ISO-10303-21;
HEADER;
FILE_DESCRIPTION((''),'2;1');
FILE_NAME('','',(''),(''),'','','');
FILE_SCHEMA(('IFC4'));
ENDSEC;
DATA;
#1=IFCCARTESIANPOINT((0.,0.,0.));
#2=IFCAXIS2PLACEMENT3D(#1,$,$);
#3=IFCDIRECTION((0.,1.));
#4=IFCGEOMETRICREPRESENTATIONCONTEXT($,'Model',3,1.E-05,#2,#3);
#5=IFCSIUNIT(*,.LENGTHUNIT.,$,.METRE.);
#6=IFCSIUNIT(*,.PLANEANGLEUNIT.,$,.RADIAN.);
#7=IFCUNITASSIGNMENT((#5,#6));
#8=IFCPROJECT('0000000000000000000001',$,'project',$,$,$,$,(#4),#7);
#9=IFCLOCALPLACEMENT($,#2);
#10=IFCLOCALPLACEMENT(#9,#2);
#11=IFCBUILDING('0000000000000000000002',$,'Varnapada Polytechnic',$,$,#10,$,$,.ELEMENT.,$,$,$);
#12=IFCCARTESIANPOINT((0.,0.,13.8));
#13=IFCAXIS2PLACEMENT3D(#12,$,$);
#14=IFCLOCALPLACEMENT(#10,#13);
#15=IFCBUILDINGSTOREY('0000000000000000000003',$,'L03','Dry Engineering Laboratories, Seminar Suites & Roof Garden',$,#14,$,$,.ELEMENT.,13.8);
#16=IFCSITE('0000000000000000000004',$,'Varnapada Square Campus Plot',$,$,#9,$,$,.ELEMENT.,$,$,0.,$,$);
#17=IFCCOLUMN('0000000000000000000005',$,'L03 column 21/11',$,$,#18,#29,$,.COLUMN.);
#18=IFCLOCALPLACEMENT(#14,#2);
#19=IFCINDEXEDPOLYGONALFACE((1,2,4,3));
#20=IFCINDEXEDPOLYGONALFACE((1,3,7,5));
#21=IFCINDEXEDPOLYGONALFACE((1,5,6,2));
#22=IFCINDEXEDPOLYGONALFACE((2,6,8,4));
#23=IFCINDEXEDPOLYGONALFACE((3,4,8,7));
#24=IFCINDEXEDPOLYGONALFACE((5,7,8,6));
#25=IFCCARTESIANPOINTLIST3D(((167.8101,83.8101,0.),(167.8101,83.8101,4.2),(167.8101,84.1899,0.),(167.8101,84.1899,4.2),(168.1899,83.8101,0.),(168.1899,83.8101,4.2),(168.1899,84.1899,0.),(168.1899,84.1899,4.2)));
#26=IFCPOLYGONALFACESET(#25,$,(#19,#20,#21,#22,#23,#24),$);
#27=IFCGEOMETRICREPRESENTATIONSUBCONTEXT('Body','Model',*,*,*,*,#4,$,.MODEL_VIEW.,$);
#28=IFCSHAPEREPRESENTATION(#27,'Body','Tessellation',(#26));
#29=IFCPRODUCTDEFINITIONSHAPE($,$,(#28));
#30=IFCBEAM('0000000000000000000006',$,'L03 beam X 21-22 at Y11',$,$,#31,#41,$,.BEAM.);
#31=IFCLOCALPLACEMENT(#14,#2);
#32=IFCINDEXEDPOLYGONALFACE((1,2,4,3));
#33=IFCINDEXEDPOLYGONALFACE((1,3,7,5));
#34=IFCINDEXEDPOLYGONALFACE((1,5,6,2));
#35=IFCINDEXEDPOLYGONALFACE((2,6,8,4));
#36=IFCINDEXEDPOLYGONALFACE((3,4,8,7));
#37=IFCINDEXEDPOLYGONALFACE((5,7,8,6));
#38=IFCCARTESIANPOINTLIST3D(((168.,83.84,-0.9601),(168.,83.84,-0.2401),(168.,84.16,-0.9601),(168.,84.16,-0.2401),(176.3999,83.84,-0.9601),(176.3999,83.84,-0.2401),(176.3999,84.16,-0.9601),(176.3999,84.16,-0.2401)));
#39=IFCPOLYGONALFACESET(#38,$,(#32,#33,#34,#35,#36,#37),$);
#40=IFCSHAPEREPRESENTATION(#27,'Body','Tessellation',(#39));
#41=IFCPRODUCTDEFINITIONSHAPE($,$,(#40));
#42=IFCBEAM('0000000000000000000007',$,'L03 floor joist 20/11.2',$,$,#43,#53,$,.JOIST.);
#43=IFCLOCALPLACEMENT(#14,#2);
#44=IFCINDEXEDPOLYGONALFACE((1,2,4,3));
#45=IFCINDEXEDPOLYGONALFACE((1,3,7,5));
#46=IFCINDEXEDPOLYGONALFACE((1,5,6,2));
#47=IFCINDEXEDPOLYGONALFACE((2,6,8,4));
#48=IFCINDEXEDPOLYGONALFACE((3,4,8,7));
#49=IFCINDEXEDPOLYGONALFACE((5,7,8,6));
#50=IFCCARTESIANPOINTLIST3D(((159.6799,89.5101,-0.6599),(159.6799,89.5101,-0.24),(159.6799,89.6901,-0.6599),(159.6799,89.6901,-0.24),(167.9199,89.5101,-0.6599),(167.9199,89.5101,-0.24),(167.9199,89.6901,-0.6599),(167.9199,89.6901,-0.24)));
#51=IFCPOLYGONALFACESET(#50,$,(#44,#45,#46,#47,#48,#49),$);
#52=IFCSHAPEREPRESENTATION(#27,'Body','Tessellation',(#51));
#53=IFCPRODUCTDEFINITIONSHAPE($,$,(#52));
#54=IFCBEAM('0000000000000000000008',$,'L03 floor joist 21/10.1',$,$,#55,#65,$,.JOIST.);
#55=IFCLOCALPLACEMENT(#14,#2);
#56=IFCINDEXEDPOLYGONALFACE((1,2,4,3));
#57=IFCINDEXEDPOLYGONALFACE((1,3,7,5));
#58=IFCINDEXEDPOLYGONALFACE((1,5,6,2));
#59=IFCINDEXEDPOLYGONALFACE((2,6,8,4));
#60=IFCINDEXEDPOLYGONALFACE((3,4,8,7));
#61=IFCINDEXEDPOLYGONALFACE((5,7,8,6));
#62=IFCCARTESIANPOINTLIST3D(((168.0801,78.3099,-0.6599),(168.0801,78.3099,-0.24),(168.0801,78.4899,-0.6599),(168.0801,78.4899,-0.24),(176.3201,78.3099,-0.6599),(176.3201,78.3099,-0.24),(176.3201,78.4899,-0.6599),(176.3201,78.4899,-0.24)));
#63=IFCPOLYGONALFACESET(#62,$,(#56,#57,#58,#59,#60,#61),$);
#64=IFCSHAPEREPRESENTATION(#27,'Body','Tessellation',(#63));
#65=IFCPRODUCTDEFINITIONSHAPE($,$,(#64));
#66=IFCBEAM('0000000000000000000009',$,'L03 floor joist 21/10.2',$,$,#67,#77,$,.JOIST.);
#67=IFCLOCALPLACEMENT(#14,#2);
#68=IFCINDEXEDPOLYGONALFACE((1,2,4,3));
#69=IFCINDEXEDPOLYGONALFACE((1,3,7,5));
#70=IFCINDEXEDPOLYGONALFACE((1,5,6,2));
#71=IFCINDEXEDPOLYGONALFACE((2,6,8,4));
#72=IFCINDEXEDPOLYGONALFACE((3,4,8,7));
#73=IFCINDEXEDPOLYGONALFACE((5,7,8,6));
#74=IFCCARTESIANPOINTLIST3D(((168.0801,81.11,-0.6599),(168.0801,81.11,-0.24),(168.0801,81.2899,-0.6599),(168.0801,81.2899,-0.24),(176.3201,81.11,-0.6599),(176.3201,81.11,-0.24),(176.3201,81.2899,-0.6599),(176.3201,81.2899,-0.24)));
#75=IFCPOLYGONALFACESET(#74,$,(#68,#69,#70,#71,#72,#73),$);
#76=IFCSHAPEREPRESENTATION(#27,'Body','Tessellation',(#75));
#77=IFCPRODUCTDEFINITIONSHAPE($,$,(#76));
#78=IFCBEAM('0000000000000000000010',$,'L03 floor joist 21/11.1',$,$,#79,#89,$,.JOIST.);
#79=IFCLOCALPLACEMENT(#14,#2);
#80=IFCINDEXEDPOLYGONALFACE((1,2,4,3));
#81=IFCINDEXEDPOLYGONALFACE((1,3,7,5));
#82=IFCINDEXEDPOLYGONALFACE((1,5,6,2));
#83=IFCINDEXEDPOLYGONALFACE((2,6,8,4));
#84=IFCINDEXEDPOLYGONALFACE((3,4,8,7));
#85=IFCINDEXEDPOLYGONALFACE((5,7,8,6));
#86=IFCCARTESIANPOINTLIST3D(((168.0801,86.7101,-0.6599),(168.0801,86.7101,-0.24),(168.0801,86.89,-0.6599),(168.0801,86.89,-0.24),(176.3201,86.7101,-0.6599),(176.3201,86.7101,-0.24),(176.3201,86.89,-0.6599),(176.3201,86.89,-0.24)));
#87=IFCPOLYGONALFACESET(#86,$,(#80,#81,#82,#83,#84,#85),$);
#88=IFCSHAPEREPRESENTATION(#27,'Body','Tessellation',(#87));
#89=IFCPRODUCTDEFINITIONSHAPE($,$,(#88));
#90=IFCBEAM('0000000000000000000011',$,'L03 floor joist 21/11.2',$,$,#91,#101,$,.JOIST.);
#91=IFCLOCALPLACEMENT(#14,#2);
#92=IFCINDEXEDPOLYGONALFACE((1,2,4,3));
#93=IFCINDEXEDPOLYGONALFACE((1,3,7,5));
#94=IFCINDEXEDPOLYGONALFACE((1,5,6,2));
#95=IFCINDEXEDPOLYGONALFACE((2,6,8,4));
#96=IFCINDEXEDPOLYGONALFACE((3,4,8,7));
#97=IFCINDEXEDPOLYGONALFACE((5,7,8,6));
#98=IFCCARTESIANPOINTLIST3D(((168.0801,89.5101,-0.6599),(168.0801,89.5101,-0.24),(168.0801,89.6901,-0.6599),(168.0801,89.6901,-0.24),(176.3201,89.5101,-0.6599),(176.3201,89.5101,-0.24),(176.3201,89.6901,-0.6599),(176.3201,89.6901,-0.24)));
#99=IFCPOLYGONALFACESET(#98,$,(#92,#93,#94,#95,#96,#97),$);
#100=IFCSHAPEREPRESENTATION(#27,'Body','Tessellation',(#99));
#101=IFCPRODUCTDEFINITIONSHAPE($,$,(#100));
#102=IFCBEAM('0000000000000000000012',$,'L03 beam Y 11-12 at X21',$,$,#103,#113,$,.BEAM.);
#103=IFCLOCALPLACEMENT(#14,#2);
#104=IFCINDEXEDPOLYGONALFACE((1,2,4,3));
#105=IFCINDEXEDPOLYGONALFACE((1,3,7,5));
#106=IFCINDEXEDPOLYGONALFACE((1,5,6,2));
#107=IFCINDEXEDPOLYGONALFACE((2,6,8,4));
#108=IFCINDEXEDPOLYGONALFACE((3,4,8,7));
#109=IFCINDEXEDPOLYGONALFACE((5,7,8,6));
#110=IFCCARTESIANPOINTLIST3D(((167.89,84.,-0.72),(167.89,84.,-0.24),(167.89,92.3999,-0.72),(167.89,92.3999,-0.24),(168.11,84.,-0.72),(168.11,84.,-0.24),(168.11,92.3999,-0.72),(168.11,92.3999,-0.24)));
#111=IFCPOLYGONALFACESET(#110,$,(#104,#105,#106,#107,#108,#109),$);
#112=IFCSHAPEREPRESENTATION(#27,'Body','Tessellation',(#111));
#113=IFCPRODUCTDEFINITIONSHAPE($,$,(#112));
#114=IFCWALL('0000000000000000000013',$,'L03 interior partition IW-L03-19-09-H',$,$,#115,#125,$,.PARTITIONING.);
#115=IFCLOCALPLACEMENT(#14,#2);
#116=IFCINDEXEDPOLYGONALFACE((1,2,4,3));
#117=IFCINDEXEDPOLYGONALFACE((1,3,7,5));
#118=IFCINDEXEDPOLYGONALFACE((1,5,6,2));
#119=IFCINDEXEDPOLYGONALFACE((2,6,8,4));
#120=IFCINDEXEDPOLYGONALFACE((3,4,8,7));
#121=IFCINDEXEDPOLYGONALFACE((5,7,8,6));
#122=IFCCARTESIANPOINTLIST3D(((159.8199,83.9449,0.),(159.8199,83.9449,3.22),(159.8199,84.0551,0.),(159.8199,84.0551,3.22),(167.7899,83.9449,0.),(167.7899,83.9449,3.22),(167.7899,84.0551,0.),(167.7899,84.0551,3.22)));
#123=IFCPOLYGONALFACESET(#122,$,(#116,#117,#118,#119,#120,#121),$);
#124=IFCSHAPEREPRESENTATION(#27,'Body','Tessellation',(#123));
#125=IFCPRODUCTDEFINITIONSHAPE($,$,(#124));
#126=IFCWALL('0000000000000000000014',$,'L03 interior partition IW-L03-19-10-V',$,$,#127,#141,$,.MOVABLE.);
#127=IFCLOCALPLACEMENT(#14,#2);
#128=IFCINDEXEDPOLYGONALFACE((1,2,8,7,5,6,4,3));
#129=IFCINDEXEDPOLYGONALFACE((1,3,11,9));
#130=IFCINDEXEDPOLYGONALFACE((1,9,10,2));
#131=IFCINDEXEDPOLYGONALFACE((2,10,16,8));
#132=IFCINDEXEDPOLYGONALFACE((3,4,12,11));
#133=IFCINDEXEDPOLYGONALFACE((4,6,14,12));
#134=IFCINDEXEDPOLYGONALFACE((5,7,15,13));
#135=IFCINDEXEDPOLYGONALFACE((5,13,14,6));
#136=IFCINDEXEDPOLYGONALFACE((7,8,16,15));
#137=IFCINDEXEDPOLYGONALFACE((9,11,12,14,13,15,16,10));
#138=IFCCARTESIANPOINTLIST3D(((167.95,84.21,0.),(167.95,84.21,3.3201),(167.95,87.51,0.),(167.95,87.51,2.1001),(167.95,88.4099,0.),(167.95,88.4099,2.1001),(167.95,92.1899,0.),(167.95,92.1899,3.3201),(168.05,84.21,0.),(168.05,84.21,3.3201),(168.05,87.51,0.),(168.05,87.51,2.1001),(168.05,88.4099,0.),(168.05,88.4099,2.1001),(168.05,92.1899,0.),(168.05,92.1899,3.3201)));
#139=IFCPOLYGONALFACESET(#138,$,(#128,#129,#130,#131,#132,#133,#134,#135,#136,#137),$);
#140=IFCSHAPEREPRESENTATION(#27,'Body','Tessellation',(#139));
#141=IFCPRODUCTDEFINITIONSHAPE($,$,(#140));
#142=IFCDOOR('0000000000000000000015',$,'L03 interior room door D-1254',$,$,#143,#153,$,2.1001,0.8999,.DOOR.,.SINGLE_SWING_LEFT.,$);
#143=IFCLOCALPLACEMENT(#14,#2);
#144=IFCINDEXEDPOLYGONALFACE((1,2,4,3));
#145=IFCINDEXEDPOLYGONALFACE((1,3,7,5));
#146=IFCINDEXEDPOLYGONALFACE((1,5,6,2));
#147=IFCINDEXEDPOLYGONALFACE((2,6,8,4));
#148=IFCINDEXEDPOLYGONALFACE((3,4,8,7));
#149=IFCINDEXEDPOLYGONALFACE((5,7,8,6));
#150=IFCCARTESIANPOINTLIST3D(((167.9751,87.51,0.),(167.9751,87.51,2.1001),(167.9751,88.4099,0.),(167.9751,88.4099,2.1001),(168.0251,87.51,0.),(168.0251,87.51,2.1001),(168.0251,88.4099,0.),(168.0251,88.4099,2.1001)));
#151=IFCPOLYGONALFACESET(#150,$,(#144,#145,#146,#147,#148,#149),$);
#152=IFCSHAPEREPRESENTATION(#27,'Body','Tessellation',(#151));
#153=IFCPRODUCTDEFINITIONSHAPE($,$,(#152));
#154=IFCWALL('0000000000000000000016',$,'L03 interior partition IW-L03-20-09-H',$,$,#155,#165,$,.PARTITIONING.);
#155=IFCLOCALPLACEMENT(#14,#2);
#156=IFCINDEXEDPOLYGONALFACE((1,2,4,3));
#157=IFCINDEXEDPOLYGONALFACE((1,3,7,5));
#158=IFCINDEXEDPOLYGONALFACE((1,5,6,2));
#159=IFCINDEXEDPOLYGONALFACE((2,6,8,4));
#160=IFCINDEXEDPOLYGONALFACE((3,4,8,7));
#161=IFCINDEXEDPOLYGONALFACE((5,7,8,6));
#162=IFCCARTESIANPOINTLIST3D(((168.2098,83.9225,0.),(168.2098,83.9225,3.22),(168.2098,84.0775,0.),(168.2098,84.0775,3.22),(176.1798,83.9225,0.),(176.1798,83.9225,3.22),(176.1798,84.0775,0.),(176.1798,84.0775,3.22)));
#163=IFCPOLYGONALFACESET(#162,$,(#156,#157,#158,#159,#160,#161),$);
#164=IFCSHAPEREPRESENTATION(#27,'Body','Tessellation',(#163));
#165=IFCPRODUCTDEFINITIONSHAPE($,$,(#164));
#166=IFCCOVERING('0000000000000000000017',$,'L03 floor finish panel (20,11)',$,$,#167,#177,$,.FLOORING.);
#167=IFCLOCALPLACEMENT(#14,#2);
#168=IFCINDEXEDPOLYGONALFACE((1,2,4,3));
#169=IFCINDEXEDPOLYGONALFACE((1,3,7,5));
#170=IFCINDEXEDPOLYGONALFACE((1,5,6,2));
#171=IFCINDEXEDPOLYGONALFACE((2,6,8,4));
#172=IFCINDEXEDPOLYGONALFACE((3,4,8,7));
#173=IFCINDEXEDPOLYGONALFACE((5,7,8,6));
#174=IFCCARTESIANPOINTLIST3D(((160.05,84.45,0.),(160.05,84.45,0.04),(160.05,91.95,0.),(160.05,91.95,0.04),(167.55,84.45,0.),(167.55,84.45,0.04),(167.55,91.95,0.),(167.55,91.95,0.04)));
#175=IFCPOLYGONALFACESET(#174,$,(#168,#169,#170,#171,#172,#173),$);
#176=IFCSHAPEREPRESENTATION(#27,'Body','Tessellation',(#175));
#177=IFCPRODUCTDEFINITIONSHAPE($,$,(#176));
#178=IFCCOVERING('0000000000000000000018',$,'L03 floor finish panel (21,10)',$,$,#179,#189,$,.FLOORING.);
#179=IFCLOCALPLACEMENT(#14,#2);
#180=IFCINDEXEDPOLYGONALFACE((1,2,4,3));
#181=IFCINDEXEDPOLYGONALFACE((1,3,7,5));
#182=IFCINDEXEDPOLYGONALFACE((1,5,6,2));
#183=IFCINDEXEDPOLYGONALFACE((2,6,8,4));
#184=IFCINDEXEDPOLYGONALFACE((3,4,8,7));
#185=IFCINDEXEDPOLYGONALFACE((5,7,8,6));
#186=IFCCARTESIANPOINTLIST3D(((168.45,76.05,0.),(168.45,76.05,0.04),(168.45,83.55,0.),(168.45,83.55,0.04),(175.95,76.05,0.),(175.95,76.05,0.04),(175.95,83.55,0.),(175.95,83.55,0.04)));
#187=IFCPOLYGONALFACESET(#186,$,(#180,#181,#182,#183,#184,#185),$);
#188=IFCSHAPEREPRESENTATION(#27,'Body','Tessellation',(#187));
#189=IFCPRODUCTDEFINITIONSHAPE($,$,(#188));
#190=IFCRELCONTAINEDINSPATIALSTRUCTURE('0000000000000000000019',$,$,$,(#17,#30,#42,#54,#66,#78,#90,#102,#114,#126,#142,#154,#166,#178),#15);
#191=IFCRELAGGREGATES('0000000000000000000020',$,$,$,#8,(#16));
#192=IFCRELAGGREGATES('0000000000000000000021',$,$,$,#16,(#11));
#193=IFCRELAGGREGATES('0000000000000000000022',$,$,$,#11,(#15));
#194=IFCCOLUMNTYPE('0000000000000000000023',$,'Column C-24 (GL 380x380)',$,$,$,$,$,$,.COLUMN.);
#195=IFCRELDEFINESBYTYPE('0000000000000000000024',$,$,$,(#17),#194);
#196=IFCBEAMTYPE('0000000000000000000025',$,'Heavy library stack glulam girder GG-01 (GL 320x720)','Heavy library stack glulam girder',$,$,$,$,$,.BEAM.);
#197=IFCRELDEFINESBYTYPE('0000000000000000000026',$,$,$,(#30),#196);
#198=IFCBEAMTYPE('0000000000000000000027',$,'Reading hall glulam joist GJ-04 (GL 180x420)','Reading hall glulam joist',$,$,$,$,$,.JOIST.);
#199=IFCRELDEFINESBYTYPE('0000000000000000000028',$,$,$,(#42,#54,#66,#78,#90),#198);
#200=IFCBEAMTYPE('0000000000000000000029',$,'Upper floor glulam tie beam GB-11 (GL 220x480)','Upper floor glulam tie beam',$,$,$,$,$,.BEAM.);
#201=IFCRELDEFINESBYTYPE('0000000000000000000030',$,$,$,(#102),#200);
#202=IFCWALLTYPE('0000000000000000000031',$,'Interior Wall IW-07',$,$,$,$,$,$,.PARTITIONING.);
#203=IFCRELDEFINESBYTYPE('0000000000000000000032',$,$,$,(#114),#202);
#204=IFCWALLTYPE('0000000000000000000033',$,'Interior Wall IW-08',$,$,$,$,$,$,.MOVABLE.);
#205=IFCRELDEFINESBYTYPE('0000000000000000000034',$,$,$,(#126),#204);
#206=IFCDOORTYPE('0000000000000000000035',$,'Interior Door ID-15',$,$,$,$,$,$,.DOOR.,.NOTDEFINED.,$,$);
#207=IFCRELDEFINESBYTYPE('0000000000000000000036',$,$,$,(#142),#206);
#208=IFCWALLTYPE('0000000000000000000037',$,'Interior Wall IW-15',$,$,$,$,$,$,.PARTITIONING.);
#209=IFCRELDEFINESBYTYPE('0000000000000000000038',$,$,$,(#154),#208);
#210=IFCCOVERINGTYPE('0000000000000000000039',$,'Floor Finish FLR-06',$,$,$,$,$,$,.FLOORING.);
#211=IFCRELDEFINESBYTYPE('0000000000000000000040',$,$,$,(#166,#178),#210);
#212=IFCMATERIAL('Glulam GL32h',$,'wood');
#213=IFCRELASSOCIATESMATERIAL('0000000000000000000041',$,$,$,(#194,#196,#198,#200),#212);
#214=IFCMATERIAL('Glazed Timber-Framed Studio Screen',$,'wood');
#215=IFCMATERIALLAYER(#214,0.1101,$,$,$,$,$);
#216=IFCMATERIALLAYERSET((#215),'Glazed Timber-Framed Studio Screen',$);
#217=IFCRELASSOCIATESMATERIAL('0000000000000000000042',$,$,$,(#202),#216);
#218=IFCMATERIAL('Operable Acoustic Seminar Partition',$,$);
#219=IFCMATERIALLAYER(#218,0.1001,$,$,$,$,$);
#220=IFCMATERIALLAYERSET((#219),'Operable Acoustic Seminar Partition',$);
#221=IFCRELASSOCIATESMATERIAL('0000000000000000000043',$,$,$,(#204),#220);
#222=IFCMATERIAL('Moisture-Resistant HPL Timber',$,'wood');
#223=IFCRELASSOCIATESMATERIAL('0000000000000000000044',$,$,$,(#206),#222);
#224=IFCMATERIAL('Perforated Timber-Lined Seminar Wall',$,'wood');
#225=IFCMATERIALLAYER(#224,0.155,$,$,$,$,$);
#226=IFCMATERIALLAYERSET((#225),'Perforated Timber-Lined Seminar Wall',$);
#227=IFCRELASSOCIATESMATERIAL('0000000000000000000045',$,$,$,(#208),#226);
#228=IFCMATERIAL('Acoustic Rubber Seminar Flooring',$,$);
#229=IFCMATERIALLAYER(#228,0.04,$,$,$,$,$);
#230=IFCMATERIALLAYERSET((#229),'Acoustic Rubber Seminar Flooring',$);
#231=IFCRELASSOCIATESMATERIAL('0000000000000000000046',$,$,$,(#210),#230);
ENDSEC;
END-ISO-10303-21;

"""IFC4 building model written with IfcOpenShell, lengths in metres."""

from ifc_helpers import new_model, si_unit, direction, frame, frame_2d, origin, origin_2d, place, context, subcontext, project, spatial, rectangle, extrude, material, layer, layer_set, material_profile, profile_set, type_object, element, fill, save


model = new_model("IFC4")

# Units and contexts
model_context = context("Model", 3, precision=1e-05, world=origin(), true_north=direction((0.0, 1.0)))
body_context = subcontext(model_context, "Body", "Model", "MODEL_VIEW")
ifc_project = project(units=[si_unit("LENGTHUNIT", "METRE"), si_unit("PLANEANGLEUNIT", "RADIAN")], contexts=[model_context])

# Site, building, storey
site_placement = place(None, origin())
site = spatial("IfcSite", under=ifc_project, at=site_placement, Name="Varnapada Square Campus Plot", CompositionType="ELEMENT", RefElevation=0.0)
building_placement = place(site_placement, origin())
building = spatial("IfcBuilding", under=site, at=building_placement, Name="Varnapada Polytechnic", CompositionType="ELEMENT")
storey_placement = place(building_placement, frame((0.0, 0.0, 13.8)))
storey = spatial("IfcBuildingStorey", under=building, at=storey_placement, Name="L03", Description="Dry Engineering Laboratories, Seminar Suites & Roof Garden", CompositionType="ELEMENT", Elevation=13.8)

# Column
ifc_material_1 = material(Name="Glulam GL32h", Category="wood")
ifc_material_profile_1 = material_profile(ifc_material_1, rectangle(XDim=0.3799, YDim=0.3799, at=origin_2d()), Name="GL 380x380")
ifc_profile_set_1 = profile_set([ifc_material_profile_1], Name="Glulam GL32h")
column_type = type_object("IfcColumnType", Name="Column C-24 (GL 380x380)", PredefinedType="COLUMN", material=ifc_profile_set_1)
column_placement = place(storey_placement, frame((168.0, 84.0, 0.0), z_axis=(0.0, 0.0, 1.0), x_axis=(1.0, 0.0, 0.0)))
element("IfcColumn", 1, at=column_placement, inside=storey, type_object=column_type, Name="L03 column 21/11", PredefinedType="COLUMN", context=body_context, shape_type="SweptSolid", body=[
    extrude(rectangle(XDim=0.3799, YDim=0.3799, at=origin_2d()), origin(), (0.0, 0.0, 1.0), 4.2),
])

# Beams
ifc_material_profile_2 = material_profile(ifc_material_1, rectangle(XDim=0.3201, YDim=0.72, at=origin_2d()), Name="GL 320x720")
ifc_profile_set_2 = profile_set([ifc_material_profile_2], Name="Glulam GL32h")
beam_type_1 = type_object("IfcBeamType", Name="Heavy library stack glulam girder GG-01 (GL 320x720)", Description="Heavy library stack glulam girder", PredefinedType="BEAM", material=ifc_profile_set_2)
beam_1_placement = place(storey_placement, frame((168.0, 84.0, -0.6001), z_axis=(1.0, 0.0, 0.0), x_axis=(0.0, 1.0, 0.0)))
element("IfcBeam", 2, at=beam_1_placement, inside=storey, type_object=beam_type_1, Name="L03 beam X 21-22 at Y11", PredefinedType="BEAM", context=body_context, shape_type="SweptSolid", body=[
    extrude(rectangle(XDim=0.3201, YDim=0.72, at=origin_2d()), origin(), (0.0, 0.0, 1.0), 8.3999),
])
ifc_material_profile_3 = material_profile(ifc_material_1, rectangle(XDim=0.1799, YDim=0.4199, at=origin_2d()), Name="GL 180x420")
ifc_profile_set_3 = profile_set([ifc_material_profile_3], Name="Glulam GL32h")
beam_type_2 = type_object("IfcBeamType", Name="Reading hall glulam joist GJ-04 (GL 180x420)", Description="Reading hall glulam joist", PredefinedType="JOIST", material=ifc_profile_set_3)
for number, where, z_axis, x_axis, name in (
    (3, (159.6799, 89.6001, -0.45), (1.0, 0.0, 0.0), (0.0, 1.0, 0.0), "L03 floor joist 20/11.2"),
    (4, (168.0801, 78.3999, -0.45), (1.0, 0.0, 0.0), (0.0, 1.0, 0.0), "L03 floor joist 21/10.1"),
    (5, (168.0801, 81.2, -0.45), (1.0, 0.0, 0.0), (0.0, 1.0, 0.0), "L03 floor joist 21/10.2"),
    (6, (168.0801, 86.8, -0.45), (1.0, 0.0, 0.0), (0.0, 1.0, 0.0), "L03 floor joist 21/11.1"),
    (7, (168.0801, 89.6001, -0.45), (1.0, 0.0, 0.0), (0.0, 1.0, 0.0), "L03 floor joist 21/11.2"),
):
    element("IfcBeam", number, at=place(storey_placement, frame(where, z_axis=z_axis, x_axis=x_axis)), inside=storey, type_object=beam_type_2, Name=name, PredefinedType="JOIST", context=body_context, shape_type="SweptSolid", body=[
        extrude(rectangle(XDim=0.1799, YDim=0.4199, at=origin_2d()), origin(), (0.0, 0.0, 1.0), 8.24),
    ])
ifc_material_profile_4 = material_profile(ifc_material_1, rectangle(XDim=0.22, YDim=0.48, at=origin_2d()), Name="GL 220x480")
ifc_profile_set_4 = profile_set([ifc_material_profile_4], Name="Glulam GL32h")
beam_type_3 = type_object("IfcBeamType", Name="Upper floor glulam tie beam GB-11 (GL 220x480)", Description="Upper floor glulam tie beam", PredefinedType="BEAM", material=ifc_profile_set_4)
beam_2_placement = place(storey_placement, frame((168.0, 84.0, -0.48), z_axis=(0.0, 1.0, 0.0), x_axis=(-1.0, 0.0, 0.0)))
element("IfcBeam", 8, at=beam_2_placement, inside=storey, type_object=beam_type_3, Name="L03 beam Y 11-12 at X21", PredefinedType="BEAM", context=body_context, shape_type="SweptSolid", body=[
    extrude(rectangle(XDim=0.22, YDim=0.48, at=origin_2d()), origin(), (0.0, 0.0, 1.0), 8.3999),
])

# Wall
ifc_material_2 = material(Name="Glazed Timber-Framed Studio Screen", Category="wood")
ifc_layer_1 = layer(ifc_material_2, 0.1101)
ifc_layer_set_1 = layer_set([ifc_layer_1], Name="Glazed Timber-Framed Studio Screen")
wall_type_1 = type_object("IfcWallType", Name="Interior Wall IW-07", PredefinedType="PARTITIONING", material=ifc_layer_set_1)
wall_1_placement = place(storey_placement, frame((159.8201, 84.0, 0.0), z_axis=(0.0, 0.0, 1.0), x_axis=(1.0, 0.0, 0.0)))
element("IfcWall", 9, at=wall_1_placement, inside=storey, type_object=wall_type_1, Name="L03 interior partition IW-L03-19-09-H", PredefinedType="PARTITIONING", context=body_context, shape_type="SweptSolid", body=[
    extrude(rectangle(XDim=7.97, YDim=0.1101, at=frame_2d((3.9849, 0.0))), origin(), (0.0, 0.0, 1.0), 3.22),
])

# Wall, opening, door
ifc_material_3 = material(Name="Operable Acoustic Seminar Partition")
ifc_layer_2 = layer(ifc_material_3, 0.1001)
ifc_layer_set_2 = layer_set([ifc_layer_2], Name="Operable Acoustic Seminar Partition")
wall_type_2 = type_object("IfcWallType", Name="Interior Wall IW-08", PredefinedType="MOVABLE", material=ifc_layer_set_2)
wall_2_placement = place(storey_placement, frame((168.0, 84.21, 0.0), z_axis=(0.0, 0.0, 1.0), x_axis=(0.0, 1.0, 0.0)))
wall_2 = element("IfcWall", 10, at=wall_2_placement, inside=storey, type_object=wall_type_2, Name="L03 interior partition IW-L03-19-10-V", PredefinedType="MOVABLE", context=body_context, shape_type="SweptSolid", body=[
    extrude(rectangle(XDim=7.98, YDim=0.1001, at=frame_2d((3.99, 0.0))), origin(), (0.0, 0.0, 1.0), 3.3201),
])
opening_placement = place(wall_2_placement, frame((3.3, 0.0, 0.0)))
opening = element("IfcOpeningElement", 11, at=opening_placement, cuts=wall_2, PredefinedType="OPENING", context=body_context, shape_type="SweptSolid", body=[
    extrude(rectangle(XDim=0.8999, YDim=2.1001, at=frame_2d((0.45, 1.05))), frame((0.0, 0.0601, 0.0), z_axis=(0.0, -1.0, 0.0), x_axis=(1.0, 0.0, 0.0)), (0.0, 0.0, 1.0), 0.1201),
])
ifc_material_4 = material(Name="Moisture-Resistant HPL Timber", Category="wood")
door_type = type_object("IfcDoorType", Name="Interior Door ID-15", OperationType="NOTDEFINED", PredefinedType="DOOR", material=ifc_material_4)
door_placement = place(opening_placement, origin())
door = element("IfcDoor", 12, at=door_placement, inside=storey, type_object=door_type, Name="L03 interior room door D-1254", OperationType="SINGLE_SWING_LEFT", OverallHeight=2.1001, OverallWidth=0.8999, PredefinedType="DOOR", context=body_context, shape_type="SweptSolid", body=[
    extrude(rectangle(XDim=0.8999, YDim=2.1001, at=frame_2d((0.45, 1.05))), frame((0.0, 0.0249, 0.0), z_axis=(0.0, -1.0, 0.0), x_axis=(1.0, 0.0, 0.0)), (0.0, 0.0, 1.0), 0.05),
])
fill(opening, door)

# Wall
ifc_material_5 = material(Name="Perforated Timber-Lined Seminar Wall", Category="wood")
ifc_layer_3 = layer(ifc_material_5, 0.155)
ifc_layer_set_3 = layer_set([ifc_layer_3], Name="Perforated Timber-Lined Seminar Wall")
wall_type_3 = type_object("IfcWallType", Name="Interior Wall IW-15", PredefinedType="PARTITIONING", material=ifc_layer_set_3)
wall_3_placement = place(storey_placement, frame((168.21, 84.0, 0.0), z_axis=(0.0, 0.0, 1.0), x_axis=(1.0, 0.0, 0.0)))
element("IfcWall", 13, at=wall_3_placement, inside=storey, type_object=wall_type_3, Name="L03 interior partition IW-L03-20-09-H", PredefinedType="PARTITIONING", context=body_context, shape_type="SweptSolid", body=[
    extrude(rectangle(XDim=7.97, YDim=0.155, at=frame_2d((3.9849, 0.0))), origin(), (0.0, 0.0, 1.0), 3.22),
])

# Coverings
ifc_material_6 = material(Name="Acoustic Rubber Seminar Flooring")
ifc_layer_4 = layer(ifc_material_6, 0.04)
ifc_layer_set_4 = layer_set([ifc_layer_4], Name="Acoustic Rubber Seminar Flooring")
covering_type_1 = type_object("IfcCoveringType", Name="Floor Finish FLR-06", PredefinedType="FLOORING", material=ifc_layer_set_4)
for number, where, z_axis, x_axis, name in (
    (14, (163.8, 88.2, 0.0), (0.0, 0.0, 1.0), (1.0, 0.0, 0.0), "L03 floor finish panel (20,11)"),
    (15, (172.2, 79.8, 0.0), (0.0, 0.0, 1.0), (1.0, 0.0, 0.0), "L03 floor finish panel (21,10)"),
):
    element("IfcCovering", number, at=place(storey_placement, frame(where, z_axis=z_axis, x_axis=x_axis)), inside=storey, type_object=covering_type_1, Name=name, PredefinedType="FLOORING", context=body_context, shape_type="SweptSolid", body=[
        extrude(rectangle(XDim=7.5, YDim=7.5, at=origin_2d()), origin(), (0.0, 0.0, 1.0), 0.04),
    ])

save(model, "model.ifc")
